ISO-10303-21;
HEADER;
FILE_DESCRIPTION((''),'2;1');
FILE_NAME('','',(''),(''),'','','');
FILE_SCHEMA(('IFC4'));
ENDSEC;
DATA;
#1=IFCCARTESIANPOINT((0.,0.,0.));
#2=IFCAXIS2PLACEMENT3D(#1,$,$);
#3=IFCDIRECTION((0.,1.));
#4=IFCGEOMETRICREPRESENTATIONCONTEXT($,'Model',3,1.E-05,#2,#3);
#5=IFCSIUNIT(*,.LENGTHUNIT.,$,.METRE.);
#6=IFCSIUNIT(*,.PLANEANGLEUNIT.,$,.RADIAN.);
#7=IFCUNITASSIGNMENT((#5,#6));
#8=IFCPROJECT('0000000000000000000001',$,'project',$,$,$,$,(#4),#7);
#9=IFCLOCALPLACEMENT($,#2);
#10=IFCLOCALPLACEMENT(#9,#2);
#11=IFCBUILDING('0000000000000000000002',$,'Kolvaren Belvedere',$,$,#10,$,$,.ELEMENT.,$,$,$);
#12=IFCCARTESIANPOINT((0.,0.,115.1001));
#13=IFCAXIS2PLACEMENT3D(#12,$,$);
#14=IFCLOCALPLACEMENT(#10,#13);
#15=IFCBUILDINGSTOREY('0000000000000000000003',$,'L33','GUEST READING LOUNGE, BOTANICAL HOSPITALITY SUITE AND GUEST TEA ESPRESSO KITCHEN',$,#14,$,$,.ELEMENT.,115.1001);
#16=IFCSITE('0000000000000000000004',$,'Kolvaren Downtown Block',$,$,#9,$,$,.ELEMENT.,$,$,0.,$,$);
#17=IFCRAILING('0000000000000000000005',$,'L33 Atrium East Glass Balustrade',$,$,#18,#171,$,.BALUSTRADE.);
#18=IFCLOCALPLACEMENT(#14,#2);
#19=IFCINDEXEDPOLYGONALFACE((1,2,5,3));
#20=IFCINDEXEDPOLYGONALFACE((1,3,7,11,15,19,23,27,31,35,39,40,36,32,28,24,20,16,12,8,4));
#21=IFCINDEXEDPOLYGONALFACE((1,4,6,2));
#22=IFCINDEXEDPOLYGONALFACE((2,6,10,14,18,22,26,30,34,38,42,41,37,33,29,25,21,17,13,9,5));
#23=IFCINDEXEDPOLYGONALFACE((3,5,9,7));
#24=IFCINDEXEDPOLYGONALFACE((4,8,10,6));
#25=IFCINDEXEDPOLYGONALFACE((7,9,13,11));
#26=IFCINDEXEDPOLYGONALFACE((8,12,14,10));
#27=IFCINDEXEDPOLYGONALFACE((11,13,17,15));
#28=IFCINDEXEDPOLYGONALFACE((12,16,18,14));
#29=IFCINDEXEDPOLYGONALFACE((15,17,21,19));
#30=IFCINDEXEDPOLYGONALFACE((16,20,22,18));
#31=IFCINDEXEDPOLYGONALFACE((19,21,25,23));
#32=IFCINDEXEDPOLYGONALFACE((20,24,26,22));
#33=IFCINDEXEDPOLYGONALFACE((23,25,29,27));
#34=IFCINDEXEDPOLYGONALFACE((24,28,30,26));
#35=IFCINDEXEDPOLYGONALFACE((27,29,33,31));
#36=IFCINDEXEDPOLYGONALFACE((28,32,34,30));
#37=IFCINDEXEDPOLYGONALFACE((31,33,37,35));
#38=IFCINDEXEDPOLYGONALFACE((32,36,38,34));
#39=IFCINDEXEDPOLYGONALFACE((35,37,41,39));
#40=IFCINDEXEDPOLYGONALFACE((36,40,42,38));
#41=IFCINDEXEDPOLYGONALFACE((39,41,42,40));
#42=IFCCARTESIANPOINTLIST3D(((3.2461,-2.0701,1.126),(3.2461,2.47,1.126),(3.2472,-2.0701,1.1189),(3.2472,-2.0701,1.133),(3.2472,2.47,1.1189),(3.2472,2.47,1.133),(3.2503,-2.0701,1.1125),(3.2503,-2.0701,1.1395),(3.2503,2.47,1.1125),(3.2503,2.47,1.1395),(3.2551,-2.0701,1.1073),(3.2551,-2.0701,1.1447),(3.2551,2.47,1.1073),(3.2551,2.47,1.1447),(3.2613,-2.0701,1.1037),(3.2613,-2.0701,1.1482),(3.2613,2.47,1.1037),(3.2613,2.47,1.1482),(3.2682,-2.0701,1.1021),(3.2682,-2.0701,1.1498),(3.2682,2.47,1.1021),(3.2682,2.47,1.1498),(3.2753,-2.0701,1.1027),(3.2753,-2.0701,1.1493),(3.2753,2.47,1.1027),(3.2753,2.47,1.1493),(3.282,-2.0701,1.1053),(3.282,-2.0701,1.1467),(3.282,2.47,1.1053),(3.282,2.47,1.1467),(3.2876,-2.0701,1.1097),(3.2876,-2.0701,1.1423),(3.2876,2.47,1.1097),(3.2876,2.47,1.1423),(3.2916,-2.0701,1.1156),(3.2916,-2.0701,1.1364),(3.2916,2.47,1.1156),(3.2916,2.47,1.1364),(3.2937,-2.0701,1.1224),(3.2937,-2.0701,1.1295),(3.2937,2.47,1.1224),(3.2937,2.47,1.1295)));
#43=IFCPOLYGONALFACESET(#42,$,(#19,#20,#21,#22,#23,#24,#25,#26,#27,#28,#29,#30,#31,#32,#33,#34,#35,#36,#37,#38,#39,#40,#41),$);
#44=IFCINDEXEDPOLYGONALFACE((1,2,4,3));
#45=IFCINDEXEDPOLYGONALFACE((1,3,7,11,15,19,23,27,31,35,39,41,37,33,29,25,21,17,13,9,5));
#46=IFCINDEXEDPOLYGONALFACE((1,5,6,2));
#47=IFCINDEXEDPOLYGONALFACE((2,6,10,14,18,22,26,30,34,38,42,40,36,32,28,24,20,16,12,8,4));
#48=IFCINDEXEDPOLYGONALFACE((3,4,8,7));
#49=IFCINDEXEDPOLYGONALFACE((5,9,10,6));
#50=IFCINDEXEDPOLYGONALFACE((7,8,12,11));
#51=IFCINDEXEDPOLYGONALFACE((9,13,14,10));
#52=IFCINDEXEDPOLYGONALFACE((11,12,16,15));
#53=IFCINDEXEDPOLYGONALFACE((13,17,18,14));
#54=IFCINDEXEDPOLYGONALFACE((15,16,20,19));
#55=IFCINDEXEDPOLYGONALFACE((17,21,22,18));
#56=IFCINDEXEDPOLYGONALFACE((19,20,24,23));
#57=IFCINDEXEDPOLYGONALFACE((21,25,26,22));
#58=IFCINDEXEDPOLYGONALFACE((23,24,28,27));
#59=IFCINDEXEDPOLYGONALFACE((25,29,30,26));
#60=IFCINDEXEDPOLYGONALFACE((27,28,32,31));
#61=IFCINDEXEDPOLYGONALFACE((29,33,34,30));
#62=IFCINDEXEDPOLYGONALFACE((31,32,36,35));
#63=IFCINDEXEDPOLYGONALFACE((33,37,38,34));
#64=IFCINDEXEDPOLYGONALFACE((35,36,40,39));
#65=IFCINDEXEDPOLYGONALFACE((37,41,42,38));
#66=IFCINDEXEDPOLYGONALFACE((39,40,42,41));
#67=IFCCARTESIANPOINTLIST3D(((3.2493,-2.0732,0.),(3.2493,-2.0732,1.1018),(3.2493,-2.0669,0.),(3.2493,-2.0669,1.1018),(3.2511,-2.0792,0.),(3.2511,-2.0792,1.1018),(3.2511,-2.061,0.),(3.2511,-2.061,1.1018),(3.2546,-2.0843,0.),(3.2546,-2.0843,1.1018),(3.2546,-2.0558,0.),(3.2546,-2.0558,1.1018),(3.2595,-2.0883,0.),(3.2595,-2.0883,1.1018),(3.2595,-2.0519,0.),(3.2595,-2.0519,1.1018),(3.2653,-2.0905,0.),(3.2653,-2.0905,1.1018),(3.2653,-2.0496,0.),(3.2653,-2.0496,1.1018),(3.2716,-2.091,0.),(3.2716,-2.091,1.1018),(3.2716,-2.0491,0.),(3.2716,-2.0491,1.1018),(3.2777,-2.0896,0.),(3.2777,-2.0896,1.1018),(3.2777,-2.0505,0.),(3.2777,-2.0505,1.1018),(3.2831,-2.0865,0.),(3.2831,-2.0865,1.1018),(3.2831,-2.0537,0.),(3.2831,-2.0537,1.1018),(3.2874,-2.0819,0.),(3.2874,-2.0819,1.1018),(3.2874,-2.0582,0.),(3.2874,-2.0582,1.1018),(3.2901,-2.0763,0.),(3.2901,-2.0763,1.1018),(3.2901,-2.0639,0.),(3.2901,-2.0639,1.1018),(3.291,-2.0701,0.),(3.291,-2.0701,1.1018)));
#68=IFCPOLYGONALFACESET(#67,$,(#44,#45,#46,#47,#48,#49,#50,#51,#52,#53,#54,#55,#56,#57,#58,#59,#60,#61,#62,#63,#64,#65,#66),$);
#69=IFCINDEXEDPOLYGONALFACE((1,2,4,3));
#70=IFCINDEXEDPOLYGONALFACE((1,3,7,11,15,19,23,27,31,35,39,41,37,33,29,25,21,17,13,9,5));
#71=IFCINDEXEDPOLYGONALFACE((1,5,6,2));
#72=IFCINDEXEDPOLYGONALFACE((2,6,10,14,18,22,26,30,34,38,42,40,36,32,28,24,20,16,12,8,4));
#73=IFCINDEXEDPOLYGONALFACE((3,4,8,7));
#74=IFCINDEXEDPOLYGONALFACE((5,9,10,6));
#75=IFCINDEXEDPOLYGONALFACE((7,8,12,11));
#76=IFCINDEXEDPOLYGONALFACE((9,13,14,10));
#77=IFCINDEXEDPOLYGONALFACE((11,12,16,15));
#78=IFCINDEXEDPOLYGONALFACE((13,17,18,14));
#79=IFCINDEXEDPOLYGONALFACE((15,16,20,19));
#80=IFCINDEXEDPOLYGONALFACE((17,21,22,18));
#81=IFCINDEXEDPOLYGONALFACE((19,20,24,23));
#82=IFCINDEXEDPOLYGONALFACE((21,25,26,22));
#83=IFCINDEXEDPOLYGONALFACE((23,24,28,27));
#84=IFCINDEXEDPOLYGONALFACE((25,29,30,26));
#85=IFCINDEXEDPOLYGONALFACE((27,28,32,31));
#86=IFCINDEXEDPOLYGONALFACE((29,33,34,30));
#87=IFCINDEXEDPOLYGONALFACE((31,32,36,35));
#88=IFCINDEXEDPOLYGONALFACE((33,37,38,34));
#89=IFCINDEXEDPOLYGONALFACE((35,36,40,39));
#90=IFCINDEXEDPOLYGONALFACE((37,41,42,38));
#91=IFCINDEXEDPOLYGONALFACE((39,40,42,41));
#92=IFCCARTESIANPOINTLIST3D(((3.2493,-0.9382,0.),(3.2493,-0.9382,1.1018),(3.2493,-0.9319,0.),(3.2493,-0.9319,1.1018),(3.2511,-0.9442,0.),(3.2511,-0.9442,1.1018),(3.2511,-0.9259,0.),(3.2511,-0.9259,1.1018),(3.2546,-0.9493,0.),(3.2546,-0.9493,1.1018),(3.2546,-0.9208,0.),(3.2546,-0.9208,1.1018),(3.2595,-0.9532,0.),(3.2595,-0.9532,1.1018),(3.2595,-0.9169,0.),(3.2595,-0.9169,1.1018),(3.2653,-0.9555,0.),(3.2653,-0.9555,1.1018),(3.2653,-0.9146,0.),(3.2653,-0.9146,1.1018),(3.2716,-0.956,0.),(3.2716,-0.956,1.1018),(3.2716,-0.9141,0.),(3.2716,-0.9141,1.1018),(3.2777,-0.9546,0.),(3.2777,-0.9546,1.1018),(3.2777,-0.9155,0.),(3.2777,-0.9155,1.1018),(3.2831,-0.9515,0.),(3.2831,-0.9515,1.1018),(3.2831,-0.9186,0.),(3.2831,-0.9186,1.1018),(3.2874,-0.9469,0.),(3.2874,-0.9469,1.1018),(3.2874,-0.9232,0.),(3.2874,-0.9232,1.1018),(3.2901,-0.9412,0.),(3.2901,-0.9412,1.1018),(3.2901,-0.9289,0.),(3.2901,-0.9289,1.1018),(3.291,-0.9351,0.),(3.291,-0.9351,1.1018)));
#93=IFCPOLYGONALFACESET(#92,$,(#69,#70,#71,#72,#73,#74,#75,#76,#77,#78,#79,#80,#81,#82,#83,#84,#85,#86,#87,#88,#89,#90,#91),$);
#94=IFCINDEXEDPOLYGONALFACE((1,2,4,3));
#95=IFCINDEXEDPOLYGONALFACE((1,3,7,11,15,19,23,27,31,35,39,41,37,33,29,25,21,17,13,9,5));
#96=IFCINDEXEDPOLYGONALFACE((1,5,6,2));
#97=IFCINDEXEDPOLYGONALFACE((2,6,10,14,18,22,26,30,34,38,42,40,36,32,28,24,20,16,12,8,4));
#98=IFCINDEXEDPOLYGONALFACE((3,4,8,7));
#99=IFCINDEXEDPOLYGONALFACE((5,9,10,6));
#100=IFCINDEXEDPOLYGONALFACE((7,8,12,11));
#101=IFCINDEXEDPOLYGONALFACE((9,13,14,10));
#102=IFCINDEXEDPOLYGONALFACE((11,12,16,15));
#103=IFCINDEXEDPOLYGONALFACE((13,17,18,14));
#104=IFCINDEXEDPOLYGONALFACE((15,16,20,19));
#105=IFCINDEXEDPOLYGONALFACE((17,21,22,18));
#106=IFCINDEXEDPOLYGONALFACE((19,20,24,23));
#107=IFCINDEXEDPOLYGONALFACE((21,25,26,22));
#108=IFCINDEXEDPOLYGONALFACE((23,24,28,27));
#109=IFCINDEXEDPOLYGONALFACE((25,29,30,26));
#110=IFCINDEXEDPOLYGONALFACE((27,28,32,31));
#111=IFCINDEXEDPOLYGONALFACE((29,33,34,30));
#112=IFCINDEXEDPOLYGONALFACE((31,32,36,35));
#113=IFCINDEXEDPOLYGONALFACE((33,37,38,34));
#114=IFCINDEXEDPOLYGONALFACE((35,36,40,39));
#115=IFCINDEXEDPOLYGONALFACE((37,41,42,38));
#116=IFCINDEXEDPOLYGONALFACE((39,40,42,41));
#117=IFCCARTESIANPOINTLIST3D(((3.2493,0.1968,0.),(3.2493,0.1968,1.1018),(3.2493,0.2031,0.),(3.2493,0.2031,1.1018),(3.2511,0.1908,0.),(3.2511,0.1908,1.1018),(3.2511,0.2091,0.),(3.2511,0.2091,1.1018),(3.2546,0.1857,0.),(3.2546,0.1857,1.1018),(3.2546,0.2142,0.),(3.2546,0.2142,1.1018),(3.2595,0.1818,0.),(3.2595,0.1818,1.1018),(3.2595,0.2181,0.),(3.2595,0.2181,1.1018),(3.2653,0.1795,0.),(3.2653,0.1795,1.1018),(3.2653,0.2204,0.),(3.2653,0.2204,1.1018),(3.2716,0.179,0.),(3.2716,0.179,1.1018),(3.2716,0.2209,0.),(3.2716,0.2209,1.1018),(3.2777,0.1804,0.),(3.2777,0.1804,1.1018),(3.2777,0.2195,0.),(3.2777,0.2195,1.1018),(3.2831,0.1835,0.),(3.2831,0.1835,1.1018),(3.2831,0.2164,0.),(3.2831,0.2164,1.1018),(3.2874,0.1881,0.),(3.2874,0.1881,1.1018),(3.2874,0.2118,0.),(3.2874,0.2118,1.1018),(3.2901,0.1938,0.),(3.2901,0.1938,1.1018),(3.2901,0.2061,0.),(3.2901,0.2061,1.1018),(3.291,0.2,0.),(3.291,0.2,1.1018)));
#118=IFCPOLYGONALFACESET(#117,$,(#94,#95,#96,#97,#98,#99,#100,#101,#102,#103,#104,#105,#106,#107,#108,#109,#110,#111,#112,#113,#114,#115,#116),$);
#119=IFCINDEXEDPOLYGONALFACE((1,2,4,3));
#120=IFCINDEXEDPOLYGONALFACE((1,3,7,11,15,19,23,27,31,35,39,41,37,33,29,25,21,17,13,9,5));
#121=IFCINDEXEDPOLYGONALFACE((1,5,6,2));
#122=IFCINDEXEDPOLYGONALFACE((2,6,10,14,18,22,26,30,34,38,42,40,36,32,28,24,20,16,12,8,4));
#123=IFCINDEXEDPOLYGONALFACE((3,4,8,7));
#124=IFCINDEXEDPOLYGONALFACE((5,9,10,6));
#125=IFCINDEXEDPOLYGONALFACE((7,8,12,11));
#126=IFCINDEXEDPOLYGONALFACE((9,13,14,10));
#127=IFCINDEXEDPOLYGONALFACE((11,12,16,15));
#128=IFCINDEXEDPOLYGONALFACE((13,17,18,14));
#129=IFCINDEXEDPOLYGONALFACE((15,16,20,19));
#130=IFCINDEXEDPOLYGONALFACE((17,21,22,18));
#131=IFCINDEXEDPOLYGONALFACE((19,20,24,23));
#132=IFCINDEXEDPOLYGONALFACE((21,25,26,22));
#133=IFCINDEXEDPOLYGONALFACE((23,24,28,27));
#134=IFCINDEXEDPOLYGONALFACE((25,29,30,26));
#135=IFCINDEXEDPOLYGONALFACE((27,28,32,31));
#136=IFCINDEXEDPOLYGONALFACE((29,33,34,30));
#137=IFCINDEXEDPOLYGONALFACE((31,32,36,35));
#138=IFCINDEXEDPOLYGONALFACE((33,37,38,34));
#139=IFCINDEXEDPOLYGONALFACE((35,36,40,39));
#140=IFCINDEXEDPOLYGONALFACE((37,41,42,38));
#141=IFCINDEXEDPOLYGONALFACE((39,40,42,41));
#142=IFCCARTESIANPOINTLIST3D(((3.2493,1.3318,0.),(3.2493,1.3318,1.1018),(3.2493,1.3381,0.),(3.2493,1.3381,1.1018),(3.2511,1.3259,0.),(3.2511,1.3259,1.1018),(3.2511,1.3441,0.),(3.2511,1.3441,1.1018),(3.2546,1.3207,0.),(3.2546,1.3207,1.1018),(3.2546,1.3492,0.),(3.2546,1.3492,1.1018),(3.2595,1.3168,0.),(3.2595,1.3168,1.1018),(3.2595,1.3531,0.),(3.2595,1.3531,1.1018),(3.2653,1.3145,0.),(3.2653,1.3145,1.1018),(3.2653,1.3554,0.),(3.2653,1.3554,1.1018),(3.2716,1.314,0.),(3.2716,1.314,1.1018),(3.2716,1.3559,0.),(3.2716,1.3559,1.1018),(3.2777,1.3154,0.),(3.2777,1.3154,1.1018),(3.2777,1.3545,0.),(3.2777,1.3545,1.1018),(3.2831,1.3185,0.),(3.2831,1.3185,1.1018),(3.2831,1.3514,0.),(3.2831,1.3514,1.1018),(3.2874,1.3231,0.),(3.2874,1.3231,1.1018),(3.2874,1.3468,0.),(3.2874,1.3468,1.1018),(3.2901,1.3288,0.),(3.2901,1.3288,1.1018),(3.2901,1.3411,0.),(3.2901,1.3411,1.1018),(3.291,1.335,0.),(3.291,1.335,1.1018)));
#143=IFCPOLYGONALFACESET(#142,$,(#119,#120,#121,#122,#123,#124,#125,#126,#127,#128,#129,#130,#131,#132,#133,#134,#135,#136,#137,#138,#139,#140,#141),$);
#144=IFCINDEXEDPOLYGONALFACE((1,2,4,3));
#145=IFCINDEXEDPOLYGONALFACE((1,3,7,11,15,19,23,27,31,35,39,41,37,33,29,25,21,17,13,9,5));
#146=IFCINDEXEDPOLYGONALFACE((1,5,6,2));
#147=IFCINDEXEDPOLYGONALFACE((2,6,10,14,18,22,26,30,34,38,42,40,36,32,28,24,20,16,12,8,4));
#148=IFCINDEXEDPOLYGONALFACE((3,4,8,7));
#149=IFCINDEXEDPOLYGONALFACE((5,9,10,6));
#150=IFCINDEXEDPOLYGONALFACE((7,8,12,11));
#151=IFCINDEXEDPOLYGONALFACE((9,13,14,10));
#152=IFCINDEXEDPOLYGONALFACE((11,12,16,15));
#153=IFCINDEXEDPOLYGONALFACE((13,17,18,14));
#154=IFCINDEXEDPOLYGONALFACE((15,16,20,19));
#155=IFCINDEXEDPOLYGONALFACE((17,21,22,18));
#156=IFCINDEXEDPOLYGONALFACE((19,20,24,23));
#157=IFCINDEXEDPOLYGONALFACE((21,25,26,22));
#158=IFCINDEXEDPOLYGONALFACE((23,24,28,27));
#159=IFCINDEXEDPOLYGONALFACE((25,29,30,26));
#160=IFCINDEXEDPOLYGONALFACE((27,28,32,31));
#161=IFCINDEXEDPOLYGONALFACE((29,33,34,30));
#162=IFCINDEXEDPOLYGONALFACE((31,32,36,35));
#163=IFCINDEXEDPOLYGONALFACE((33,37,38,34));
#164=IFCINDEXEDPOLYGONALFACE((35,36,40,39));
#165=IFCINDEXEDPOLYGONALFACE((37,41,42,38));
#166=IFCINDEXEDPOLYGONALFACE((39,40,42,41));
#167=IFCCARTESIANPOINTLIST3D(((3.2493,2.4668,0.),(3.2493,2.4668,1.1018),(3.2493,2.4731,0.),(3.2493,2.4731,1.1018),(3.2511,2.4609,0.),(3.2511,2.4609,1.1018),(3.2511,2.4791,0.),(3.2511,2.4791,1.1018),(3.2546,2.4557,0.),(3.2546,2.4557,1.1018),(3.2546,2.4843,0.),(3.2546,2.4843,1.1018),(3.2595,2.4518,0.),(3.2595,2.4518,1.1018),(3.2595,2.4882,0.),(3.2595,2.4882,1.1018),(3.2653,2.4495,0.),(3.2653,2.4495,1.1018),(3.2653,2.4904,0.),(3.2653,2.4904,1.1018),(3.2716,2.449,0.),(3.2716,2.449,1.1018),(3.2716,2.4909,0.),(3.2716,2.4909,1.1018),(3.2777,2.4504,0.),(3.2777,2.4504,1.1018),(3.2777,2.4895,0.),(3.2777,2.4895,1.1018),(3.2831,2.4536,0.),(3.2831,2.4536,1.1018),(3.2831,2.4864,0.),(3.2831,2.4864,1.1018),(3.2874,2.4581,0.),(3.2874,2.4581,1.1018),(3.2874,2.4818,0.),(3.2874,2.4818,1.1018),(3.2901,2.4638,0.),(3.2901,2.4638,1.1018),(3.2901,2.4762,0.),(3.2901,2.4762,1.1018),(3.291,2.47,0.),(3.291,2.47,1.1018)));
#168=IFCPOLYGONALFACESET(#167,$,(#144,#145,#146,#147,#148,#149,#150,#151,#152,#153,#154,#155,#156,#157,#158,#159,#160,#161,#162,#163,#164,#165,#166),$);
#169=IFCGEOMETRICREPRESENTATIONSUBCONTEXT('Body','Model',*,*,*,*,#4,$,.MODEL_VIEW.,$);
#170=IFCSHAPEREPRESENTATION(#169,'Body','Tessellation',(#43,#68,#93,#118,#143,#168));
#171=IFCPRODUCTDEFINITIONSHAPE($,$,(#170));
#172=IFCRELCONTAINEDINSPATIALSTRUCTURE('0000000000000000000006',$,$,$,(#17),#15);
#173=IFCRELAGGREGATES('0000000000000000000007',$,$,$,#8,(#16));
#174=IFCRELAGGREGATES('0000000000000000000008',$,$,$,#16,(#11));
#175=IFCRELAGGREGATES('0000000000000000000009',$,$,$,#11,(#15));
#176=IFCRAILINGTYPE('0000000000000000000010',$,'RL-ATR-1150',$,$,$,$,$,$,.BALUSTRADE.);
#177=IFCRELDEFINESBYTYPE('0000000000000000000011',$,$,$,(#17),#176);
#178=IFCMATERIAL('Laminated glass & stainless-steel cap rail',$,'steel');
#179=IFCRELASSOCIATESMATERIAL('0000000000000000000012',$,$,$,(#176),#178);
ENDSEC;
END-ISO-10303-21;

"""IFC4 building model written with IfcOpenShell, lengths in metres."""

from ifc_helpers import new_model, si_unit, direction, frame, origin, origin_2d, place, context, subcontext, project, spatial, circle, extrude, material, type_object, element, save


model = new_model("IFC4")

# Units and contexts
model_context = context("Model", 3, precision=1e-05, world=origin(), true_north=direction((0.0, 1.0)))
body_context = subcontext(model_context, "Body", "Model", "MODEL_VIEW")
ifc_project = project(units=[si_unit("LENGTHUNIT", "METRE"), si_unit("PLANEANGLEUNIT", "RADIAN")], contexts=[model_context])

# Site, building, storey
site_placement = place(None, origin())
site = spatial("IfcSite", under=ifc_project, at=site_placement, Name="Kolvaren Downtown Block", CompositionType="ELEMENT", RefElevation=0.0)
building_placement = place(site_placement, origin())
building = spatial("IfcBuilding", under=site, at=building_placement, Name="Kolvaren Belvedere", CompositionType="ELEMENT")
storey_placement = place(building_placement, frame((0.0, 0.0, 115.1001)))
storey = spatial("IfcBuildingStorey", under=building, at=storey_placement, Name="L33", Description="GUEST READING LOUNGE, BOTANICAL HOSPITALITY SUITE AND GUEST TEA ESPRESSO KITCHEN", CompositionType="ELEMENT", Elevation=115.1001)

# Railing
ifc_material_1 = material(Name="Laminated glass & stainless-steel cap rail", Category="steel")
railing_type_1 = type_object("IfcRailingType", Name="RL-ATR-1150", PredefinedType="BALUSTRADE", material=ifc_material_1)
railing_1_placement = place(storey_placement, frame((3.27, -2.0701, 0.0)))
element("IfcRailing", 1, at=railing_1_placement, inside=storey, type_object=railing_type_1, Name="L33 Atrium East Glass Balustrade", PredefinedType="BALUSTRADE", context=body_context, shape_type="SweptSolid", body=[
    extrude(circle(Radius=0.0239, at=origin_2d()), frame((0.0, 0.0, 1.126), z_axis=(0.0, 1.0, 0.0), x_axis=(-1.0, 0.0, 0.0)), (0.0, 0.0, 1.0), 4.54),
    extrude(circle(Radius=0.021, at=origin_2d()), origin(), (0.0, 0.0, 1.0), 1.1018),
    extrude(circle(Radius=0.021, at=origin_2d()), frame((0.0, 1.135, 0.0)), (0.0, 0.0, 1.0), 1.1018),
    extrude(circle(Radius=0.021, at=origin_2d()), frame((0.0, 2.27, 0.0)), (0.0, 0.0, 1.0), 1.1018),
    extrude(circle(Radius=0.021, at=origin_2d()), frame((0.0, 3.405, 0.0)), (0.0, 0.0, 1.0), 1.1018),
    extrude(circle(Radius=0.021, at=origin_2d()), frame((0.0, 4.54, 0.0)), (0.0, 0.0, 1.0), 1.1018),
])

save(model, "model.ifc")
